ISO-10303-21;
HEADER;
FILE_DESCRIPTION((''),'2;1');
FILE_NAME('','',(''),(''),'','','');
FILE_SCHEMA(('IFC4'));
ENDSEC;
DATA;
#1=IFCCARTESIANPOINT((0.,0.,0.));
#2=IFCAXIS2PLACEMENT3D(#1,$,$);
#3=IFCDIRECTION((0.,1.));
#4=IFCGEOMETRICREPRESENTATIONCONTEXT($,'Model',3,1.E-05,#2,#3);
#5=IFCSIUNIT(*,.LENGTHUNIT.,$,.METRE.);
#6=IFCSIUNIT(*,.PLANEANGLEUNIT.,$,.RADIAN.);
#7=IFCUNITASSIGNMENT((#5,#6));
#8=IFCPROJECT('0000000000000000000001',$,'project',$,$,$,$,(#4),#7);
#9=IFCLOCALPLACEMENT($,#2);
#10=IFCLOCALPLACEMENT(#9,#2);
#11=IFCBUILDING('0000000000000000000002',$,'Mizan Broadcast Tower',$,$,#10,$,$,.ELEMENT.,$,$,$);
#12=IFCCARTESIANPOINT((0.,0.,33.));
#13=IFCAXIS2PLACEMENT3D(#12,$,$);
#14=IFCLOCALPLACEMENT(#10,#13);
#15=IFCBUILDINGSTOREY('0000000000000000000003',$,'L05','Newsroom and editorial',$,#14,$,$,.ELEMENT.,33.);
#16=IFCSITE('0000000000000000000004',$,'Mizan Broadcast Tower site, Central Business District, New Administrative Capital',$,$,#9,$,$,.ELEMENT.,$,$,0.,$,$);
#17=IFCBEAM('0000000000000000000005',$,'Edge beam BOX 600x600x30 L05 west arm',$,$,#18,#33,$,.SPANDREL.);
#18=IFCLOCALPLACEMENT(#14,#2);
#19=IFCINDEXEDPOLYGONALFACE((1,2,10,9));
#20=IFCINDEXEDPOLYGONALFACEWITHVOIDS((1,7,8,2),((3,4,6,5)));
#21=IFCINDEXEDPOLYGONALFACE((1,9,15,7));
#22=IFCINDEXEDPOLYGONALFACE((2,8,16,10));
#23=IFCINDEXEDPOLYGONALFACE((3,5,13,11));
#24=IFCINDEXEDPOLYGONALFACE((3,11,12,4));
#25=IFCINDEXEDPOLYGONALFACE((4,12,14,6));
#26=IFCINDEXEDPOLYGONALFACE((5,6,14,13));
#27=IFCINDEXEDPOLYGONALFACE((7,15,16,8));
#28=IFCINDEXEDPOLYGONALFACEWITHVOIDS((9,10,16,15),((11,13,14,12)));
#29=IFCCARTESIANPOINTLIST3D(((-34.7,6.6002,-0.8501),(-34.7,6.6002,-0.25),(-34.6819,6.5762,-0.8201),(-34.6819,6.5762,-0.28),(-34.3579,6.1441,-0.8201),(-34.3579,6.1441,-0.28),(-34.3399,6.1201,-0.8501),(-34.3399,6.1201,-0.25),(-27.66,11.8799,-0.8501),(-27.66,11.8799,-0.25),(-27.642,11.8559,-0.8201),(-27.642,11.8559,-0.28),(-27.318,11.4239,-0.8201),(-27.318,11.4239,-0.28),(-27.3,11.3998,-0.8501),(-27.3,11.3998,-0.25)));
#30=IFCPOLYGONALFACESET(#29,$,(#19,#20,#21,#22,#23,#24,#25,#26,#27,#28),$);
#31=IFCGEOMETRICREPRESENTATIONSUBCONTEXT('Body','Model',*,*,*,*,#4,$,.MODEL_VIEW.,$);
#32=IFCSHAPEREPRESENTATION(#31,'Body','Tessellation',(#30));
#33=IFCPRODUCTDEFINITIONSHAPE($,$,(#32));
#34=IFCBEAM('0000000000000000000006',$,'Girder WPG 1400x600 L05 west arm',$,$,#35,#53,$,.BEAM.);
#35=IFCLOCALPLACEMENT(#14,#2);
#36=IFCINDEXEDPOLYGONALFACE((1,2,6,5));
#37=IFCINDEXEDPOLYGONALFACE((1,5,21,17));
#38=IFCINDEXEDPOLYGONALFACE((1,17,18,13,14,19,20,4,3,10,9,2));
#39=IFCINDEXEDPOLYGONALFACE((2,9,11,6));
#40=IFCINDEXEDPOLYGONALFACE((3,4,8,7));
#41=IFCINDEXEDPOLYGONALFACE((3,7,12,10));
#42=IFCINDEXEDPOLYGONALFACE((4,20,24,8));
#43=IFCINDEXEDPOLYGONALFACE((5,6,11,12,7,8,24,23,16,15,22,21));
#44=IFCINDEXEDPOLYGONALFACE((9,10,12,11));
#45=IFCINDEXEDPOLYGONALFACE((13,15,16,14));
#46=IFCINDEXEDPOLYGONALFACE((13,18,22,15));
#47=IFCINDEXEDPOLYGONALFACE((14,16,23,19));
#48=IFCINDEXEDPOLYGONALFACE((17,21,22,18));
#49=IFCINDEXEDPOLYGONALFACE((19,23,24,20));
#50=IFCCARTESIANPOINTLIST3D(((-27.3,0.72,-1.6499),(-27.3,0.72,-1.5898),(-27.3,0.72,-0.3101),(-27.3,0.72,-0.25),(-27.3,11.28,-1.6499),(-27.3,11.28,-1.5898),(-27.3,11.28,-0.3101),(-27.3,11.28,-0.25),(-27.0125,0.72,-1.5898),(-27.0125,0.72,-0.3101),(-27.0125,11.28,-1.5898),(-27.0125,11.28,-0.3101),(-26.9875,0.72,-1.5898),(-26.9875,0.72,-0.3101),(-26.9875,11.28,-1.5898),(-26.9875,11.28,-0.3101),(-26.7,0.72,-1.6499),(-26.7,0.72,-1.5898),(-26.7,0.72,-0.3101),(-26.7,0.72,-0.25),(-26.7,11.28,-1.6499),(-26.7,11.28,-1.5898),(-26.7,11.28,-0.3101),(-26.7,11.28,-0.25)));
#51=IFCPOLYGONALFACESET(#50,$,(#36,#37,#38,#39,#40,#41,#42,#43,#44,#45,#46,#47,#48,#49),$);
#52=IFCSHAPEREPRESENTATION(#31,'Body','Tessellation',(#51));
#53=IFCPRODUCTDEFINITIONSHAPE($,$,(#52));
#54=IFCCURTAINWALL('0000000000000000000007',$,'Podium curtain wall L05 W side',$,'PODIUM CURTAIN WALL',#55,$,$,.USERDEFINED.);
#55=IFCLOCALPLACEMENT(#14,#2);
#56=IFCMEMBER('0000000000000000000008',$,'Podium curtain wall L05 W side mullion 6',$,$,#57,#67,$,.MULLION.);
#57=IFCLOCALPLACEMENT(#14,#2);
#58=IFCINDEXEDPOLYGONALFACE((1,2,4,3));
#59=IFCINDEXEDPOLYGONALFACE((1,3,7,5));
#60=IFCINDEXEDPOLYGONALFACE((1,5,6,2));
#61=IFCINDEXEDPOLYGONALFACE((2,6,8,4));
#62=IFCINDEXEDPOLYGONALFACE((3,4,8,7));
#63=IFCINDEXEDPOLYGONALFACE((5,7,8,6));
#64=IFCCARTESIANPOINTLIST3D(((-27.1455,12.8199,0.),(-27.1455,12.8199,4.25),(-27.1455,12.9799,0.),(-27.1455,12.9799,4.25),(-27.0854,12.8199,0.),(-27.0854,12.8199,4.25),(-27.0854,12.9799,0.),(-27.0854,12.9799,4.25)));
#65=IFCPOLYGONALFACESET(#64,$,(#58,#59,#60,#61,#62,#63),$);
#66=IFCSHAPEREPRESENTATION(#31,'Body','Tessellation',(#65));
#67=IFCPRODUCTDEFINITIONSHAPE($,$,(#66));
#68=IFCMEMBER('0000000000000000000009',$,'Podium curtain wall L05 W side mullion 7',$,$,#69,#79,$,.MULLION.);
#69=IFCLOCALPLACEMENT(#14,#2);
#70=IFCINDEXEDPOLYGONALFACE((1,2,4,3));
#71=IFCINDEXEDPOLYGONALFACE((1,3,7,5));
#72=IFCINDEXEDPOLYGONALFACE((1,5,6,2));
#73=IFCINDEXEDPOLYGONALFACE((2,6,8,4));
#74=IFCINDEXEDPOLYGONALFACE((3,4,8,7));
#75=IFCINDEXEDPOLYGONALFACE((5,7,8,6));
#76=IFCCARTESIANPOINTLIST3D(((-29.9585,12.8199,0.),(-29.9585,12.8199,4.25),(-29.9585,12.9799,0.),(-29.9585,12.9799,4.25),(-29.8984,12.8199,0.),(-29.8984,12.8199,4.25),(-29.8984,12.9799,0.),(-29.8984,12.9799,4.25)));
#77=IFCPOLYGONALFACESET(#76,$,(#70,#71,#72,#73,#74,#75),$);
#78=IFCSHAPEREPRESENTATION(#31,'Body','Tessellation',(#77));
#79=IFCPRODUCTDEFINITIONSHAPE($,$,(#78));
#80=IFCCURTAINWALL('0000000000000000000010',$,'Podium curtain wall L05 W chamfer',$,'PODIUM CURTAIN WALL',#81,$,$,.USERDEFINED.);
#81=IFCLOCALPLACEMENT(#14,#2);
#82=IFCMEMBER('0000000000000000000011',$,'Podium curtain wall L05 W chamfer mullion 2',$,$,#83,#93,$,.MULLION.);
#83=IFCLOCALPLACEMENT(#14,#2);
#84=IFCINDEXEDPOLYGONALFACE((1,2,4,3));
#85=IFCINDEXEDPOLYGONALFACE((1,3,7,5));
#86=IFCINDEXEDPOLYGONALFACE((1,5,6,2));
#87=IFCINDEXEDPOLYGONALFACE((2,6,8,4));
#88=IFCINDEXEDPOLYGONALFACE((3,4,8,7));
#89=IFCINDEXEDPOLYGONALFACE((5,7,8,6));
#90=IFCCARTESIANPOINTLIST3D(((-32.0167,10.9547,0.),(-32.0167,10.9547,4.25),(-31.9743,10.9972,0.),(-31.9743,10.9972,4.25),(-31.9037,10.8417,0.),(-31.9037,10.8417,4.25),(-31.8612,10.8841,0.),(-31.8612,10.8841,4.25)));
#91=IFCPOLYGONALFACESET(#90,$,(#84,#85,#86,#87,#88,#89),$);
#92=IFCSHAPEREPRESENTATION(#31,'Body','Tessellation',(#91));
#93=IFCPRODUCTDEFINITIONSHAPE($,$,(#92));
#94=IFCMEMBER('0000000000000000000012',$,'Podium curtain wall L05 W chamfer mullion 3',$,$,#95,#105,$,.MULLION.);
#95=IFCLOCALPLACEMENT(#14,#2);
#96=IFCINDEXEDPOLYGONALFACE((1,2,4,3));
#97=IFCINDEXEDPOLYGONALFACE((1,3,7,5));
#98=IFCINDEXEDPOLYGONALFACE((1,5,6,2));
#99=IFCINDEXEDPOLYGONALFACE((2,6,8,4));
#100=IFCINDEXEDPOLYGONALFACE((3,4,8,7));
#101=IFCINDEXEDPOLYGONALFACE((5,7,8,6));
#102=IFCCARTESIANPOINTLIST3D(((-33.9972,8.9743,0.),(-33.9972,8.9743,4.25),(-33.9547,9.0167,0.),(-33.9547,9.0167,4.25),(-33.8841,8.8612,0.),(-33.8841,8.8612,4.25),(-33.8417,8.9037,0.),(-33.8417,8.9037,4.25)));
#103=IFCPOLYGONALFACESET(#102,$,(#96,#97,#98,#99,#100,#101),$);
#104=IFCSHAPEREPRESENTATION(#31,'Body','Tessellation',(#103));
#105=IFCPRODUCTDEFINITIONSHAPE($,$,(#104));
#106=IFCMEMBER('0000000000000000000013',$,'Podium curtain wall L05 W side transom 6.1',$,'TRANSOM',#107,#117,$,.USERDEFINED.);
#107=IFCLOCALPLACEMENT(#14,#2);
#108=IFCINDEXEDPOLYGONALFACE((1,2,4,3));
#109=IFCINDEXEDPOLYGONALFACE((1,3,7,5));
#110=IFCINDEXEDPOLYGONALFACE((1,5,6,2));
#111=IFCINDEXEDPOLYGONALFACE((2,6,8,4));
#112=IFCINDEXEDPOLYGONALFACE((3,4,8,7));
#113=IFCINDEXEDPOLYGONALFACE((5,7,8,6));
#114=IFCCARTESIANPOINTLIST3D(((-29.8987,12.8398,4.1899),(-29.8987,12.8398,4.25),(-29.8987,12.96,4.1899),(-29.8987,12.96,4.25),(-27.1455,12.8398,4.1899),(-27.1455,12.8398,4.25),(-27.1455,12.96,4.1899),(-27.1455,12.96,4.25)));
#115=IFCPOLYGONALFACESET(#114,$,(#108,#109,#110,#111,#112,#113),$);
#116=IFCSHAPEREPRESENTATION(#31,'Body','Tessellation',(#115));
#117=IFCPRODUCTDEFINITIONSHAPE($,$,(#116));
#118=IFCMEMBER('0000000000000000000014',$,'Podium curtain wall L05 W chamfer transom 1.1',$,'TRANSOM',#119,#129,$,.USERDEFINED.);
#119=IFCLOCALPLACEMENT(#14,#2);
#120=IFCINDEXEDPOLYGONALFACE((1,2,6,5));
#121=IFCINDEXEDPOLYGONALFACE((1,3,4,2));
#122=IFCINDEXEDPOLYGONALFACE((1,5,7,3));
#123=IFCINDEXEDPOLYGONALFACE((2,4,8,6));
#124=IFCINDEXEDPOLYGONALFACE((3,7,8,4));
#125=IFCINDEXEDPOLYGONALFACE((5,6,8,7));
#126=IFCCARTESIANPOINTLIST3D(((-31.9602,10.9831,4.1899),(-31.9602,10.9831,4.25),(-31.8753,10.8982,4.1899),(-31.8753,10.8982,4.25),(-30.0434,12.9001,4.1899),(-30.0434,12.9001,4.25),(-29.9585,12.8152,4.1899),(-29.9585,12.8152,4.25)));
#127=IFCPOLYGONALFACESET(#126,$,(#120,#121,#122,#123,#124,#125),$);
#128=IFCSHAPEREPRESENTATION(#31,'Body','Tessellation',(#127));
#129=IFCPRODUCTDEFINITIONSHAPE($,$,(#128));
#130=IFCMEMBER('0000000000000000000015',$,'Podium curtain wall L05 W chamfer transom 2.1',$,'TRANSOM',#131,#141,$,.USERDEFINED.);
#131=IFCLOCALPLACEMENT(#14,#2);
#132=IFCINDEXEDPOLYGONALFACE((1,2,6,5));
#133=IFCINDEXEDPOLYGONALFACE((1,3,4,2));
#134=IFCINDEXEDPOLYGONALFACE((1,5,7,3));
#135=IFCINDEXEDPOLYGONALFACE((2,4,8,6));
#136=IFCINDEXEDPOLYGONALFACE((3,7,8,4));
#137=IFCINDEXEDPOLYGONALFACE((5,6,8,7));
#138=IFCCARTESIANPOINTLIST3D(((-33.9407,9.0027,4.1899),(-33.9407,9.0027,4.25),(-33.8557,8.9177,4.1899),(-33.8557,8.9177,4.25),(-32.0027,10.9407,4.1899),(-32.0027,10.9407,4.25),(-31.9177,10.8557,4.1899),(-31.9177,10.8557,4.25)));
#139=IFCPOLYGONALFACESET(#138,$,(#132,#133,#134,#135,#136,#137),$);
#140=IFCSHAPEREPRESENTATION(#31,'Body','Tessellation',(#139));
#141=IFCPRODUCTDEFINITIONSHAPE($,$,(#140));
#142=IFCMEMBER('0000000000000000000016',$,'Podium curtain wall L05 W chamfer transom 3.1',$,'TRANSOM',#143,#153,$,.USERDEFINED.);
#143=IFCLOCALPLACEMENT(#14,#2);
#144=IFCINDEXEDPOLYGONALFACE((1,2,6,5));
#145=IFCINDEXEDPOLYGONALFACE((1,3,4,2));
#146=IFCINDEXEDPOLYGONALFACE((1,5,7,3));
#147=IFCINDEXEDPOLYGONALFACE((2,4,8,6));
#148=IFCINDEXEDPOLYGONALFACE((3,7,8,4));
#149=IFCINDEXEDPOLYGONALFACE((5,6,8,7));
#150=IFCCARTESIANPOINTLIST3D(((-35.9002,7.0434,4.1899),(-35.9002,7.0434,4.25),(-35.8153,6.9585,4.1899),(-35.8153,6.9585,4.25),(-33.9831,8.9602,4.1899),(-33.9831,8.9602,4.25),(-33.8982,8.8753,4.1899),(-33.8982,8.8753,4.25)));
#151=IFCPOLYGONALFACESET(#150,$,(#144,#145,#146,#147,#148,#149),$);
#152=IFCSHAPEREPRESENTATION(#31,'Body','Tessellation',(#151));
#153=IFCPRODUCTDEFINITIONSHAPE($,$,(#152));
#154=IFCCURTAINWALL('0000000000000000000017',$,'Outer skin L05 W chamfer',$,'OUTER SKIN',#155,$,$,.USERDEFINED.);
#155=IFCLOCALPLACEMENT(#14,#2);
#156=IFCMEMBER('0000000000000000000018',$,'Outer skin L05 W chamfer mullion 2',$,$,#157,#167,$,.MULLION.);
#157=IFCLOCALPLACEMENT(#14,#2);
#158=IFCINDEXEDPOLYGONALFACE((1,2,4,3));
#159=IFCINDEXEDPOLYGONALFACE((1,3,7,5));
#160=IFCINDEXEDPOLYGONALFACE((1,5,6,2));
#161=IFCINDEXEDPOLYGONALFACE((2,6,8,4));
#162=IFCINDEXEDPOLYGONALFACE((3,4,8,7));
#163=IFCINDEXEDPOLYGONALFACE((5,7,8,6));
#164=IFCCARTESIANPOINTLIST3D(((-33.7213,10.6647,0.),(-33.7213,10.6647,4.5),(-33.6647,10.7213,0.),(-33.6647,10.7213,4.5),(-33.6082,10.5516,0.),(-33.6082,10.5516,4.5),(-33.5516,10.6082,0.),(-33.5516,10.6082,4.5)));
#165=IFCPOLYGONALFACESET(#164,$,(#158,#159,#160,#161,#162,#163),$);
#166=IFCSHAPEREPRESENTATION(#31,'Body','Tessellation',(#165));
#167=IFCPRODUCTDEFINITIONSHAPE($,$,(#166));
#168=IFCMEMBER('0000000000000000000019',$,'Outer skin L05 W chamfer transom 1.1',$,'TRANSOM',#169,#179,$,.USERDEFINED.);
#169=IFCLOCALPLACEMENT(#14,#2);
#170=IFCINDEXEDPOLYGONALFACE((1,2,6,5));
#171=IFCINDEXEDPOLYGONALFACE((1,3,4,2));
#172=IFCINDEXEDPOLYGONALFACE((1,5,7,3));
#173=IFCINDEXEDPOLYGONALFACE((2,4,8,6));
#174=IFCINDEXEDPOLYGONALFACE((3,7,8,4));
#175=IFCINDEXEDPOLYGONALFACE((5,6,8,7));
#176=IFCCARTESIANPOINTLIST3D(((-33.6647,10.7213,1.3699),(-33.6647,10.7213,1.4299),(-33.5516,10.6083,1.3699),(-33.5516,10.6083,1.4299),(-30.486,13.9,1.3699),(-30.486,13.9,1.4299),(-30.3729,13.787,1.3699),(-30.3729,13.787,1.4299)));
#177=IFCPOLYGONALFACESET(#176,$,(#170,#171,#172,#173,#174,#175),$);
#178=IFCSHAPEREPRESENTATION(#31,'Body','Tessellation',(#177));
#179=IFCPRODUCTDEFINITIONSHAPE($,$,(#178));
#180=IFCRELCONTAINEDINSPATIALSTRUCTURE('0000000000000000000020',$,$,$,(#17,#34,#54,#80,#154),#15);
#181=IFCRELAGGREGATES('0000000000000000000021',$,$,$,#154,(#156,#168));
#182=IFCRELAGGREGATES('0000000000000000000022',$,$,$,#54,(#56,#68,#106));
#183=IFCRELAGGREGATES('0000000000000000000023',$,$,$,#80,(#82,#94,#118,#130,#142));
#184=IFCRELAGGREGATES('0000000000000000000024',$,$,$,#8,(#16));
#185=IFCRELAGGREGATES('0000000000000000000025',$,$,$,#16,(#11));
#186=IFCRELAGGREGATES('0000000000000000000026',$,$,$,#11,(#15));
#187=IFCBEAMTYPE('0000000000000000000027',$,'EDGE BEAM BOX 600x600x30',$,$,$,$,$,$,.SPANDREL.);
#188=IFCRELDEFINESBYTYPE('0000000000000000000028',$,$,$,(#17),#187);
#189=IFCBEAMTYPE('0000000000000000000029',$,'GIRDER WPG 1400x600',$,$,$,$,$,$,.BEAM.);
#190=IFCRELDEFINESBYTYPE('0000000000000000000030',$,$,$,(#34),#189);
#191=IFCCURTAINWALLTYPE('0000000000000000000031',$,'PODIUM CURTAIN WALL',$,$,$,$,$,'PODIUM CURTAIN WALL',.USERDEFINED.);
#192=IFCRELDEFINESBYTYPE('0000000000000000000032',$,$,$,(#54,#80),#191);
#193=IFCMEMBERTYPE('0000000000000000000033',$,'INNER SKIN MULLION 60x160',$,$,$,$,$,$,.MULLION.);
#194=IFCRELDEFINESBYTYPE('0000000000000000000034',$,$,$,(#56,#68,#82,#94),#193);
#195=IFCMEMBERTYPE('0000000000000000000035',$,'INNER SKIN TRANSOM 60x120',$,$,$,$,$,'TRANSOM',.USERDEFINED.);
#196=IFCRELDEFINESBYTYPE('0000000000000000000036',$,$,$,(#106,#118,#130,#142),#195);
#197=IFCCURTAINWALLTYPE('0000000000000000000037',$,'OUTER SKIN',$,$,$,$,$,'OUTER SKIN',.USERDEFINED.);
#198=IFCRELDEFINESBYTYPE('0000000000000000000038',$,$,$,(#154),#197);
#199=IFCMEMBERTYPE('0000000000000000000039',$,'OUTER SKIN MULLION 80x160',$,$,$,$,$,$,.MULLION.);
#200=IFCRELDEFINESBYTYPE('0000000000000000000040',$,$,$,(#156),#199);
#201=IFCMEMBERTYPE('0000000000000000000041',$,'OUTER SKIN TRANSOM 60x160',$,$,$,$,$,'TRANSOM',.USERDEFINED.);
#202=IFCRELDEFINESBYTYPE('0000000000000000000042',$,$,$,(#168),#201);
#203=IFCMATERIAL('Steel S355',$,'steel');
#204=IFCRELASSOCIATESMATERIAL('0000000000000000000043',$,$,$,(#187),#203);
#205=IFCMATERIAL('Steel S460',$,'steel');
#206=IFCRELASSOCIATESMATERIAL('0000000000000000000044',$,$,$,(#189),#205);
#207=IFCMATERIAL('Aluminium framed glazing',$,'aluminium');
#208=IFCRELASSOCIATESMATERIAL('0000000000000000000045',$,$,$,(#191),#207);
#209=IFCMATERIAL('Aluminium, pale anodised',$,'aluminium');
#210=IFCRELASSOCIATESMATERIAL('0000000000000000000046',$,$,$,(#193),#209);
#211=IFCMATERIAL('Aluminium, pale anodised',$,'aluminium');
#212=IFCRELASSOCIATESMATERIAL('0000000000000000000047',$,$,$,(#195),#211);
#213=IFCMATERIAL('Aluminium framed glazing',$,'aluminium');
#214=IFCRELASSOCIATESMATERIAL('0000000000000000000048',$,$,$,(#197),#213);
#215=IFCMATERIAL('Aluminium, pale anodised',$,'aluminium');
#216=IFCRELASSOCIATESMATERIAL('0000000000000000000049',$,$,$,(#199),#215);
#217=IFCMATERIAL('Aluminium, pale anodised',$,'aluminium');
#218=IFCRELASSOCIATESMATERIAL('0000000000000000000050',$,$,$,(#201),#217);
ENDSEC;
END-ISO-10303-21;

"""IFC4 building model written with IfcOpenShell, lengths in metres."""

from ifc_helpers import new_model, si_unit, direction, frame, origin, origin_2d, place, context, subcontext, project, spatial, rectangle, hollow_rectangle, i_section, extrude, material, material_profile, profile_set, type_object, element, aggregate, save


model = new_model("IFC4")

# Units and contexts
model_context = context("Model", 3, precision=1e-05, world=origin(), true_north=direction((0.0, 1.0)))
body_context = subcontext(model_context, "Body", "Model", "MODEL_VIEW")
ifc_project = project(units=[si_unit("LENGTHUNIT", "METRE"), si_unit("PLANEANGLEUNIT", "RADIAN")], contexts=[model_context])

# Site, building, storey
site_placement = place(None, origin())
site = spatial("IfcSite", under=ifc_project, at=site_placement, Name="Mizan Broadcast Tower site, Central Business District, New Administrative Capital", CompositionType="ELEMENT", RefElevation=0.0)
building_placement = place(site_placement, origin())
building = spatial("IfcBuilding", under=site, at=building_placement, Name="Mizan Broadcast Tower", CompositionType="ELEMENT")
storey_placement = place(building_placement, frame((0.0, 0.0, 33.0)))
storey = spatial("IfcBuildingStorey", under=building, at=storey_placement, Name="L05", Description="Newsroom and editorial", CompositionType="ELEMENT", Elevation=33.0)

# Beams
ifc_material_1 = material(Name="Steel S355", Category="steel")
ifc_material_profile_1 = material_profile(ifc_material_1, hollow_rectangle(XDim=0.6001, YDim=0.6001, WallThickness=0.03, at=origin_2d()), Name="BOX 600x600x30")
ifc_profile_set_1 = profile_set([ifc_material_profile_1], Name="Steel S355")
beam_type_1 = type_object("IfcBeamType", Name="EDGE BEAM BOX 600x600x30", PredefinedType="SPANDREL", material=ifc_profile_set_1)
beam_1_placement = place(storey_placement, frame((-27.48, 11.6399, -0.55), z_axis=(-0.800013, -0.599982, 0.0), x_axis=(0.599982, -0.800013, 0.0)))
element("IfcBeam", 1, at=beam_1_placement, inside=storey, type_object=beam_type_1, Name="Edge beam BOX 600x600x30 L05 west arm", PredefinedType="SPANDREL", context=body_context, shape_type="SweptSolid", body=[
    extrude(hollow_rectangle(XDim=0.6001, YDim=0.6001, WallThickness=0.03, at=origin_2d()), origin(), (0.0, 0.0, 1.0), 8.7998),
])
ifc_material_2 = material(Name="Steel S460", Category="steel")
ifc_material_profile_2 = material_profile(ifc_material_2, i_section(OverallWidth=0.6001, OverallDepth=1.3999, WebThickness=0.0249, FlangeThickness=0.0601, at=origin_2d()), Name="WPG 1400x600")
ifc_profile_set_2 = profile_set([ifc_material_profile_2], Name="Steel S460")
beam_type_2 = type_object("IfcBeamType", Name="GIRDER WPG 1400x600", PredefinedType="BEAM", material=ifc_profile_set_2)
beam_2_placement = place(storey_placement, frame((-27.0, 11.28, -0.95), z_axis=(0.0, -1.0, 0.0), x_axis=(1.0, 0.0, 0.0)))
element("IfcBeam", 2, at=beam_2_placement, inside=storey, type_object=beam_type_2, Name="Girder WPG 1400x600 L05 west arm", PredefinedType="BEAM", context=body_context, shape_type="SweptSolid", body=[
    extrude(i_section(OverallWidth=0.6001, OverallDepth=1.3999, WebThickness=0.0249, FlangeThickness=0.0601, at=origin_2d()), origin(), (0.0, 0.0, 1.0), 10.5601),
])

# Curtain walls, members
ifc_material_3 = material(Name="Aluminium framed glazing", Category="aluminium")
curtain_wall_type_1 = type_object("IfcCurtainWallType", Name="PODIUM CURTAIN WALL", ElementType="PODIUM CURTAIN WALL", PredefinedType="USERDEFINED", material=ifc_material_3)
curtain_wall_1_placement = place(storey_placement, origin())
curtain_wall_1 = element("IfcCurtainWall", 3, at=curtain_wall_1_placement, inside=storey, type_object=curtain_wall_type_1, Name="Podium curtain wall L05 W side", ObjectType="PODIUM CURTAIN WALL", PredefinedType="USERDEFINED")
ifc_material_4 = material(Name="Aluminium, pale anodised", Category="aluminium")
ifc_material_profile_3 = material_profile(ifc_material_4, rectangle(XDim=0.1599, YDim=0.0601, at=origin_2d()), Name="MULLION 160x60")
ifc_profile_set_3 = profile_set([ifc_material_profile_3], Name="Aluminium, pale anodised")
member_type_1 = type_object("IfcMemberType", Name="INNER SKIN MULLION 60x160", PredefinedType="MULLION", material=ifc_profile_set_3)
member_1_placement = place(storey_placement, frame((-27.1155, 12.8999, 0.0), z_axis=(0.0, 0.0, 1.0), x_axis=(0.0, -1.0, 0.0)))
member_1 = element("IfcMember", 4, at=member_1_placement, type_object=member_type_1, Name="Podium curtain wall L05 W side mullion 6", PredefinedType="MULLION", context=body_context, shape_type="SweptSolid", body=[
    extrude(rectangle(XDim=0.1599, YDim=0.0601, at=origin_2d()), origin(), (0.0, 0.0, 1.0), 4.25),
])
member_2_placement = place(storey_placement, frame((-29.9285, 12.8999, 0.0), z_axis=(0.0, 0.0, 1.0), x_axis=(0.0, -1.0, 0.0)))
member_2 = element("IfcMember", 5, at=member_2_placement, type_object=member_type_1, Name="Podium curtain wall L05 W side mullion 7", PredefinedType="MULLION", context=body_context, shape_type="SweptSolid", body=[
    extrude(rectangle(XDim=0.1599, YDim=0.0601, at=origin_2d()), origin(), (0.0, 0.0, 1.0), 4.25),
])
curtain_wall_2_placement = place(storey_placement, origin())
curtain_wall_2 = element("IfcCurtainWall", 6, at=curtain_wall_2_placement, inside=storey, type_object=curtain_wall_type_1, Name="Podium curtain wall L05 W chamfer", ObjectType="PODIUM CURTAIN WALL", PredefinedType="USERDEFINED")
member_3_placement = place(storey_placement, frame((-31.939, 10.9194, 0.0), z_axis=(0.0, 0.0, 1.0), x_axis=(0.707107, -0.707107, 0.0)))
member_3 = element("IfcMember", 7, at=member_3_placement, type_object=member_type_1, Name="Podium curtain wall L05 W chamfer mullion 2", PredefinedType="MULLION", context=body_context, shape_type="SweptSolid", body=[
    extrude(rectangle(XDim=0.1599, YDim=0.0601, at=origin_2d()), origin(), (0.0, 0.0, 1.0), 4.25),
])
member_4_placement = place(storey_placement, frame((-33.9194, 8.939, 0.0), z_axis=(0.0, 0.0, 1.0), x_axis=(0.707107, -0.707107, 0.0)))
member_4 = element("IfcMember", 8, at=member_4_placement, type_object=member_type_1, Name="Podium curtain wall L05 W chamfer mullion 3", PredefinedType="MULLION", context=body_context, shape_type="SweptSolid", body=[
    extrude(rectangle(XDim=0.1599, YDim=0.0601, at=origin_2d()), origin(), (0.0, 0.0, 1.0), 4.25),
])

# Members
ifc_material_5 = material(Name="Aluminium, pale anodised", Category="aluminium")
ifc_material_profile_4 = material_profile(ifc_material_5, rectangle(XDim=0.1201, YDim=0.0601, at=origin_2d()), Name="TRANSOM 120x60")
ifc_profile_set_4 = profile_set([ifc_material_profile_4], Name="Aluminium, pale anodised")
member_type_2 = type_object("IfcMemberType", Name="INNER SKIN TRANSOM 60x120", ElementType="TRANSOM", PredefinedType="USERDEFINED", material=ifc_profile_set_4)
member_5_placement = place(storey_placement, frame((-27.1455, 12.8999, 4.22), z_axis=(-1.0, 0.0, 0.0), x_axis=(0.0, -1.0, 0.0)))
member_5 = element("IfcMember", 9, at=member_5_placement, type_object=member_type_2, Name="Podium curtain wall L05 W side transom 6.1", ObjectType="TRANSOM", PredefinedType="USERDEFINED", context=body_context, shape_type="SweptSolid", body=[
    extrude(rectangle(XDim=0.1201, YDim=0.0601, at=origin_2d()), origin(), (0.0, 0.0, 1.0), 2.7532),
])
member_6_placement = place(storey_placement, frame((-30.001, 12.8577, 4.22), z_axis=(-0.707062, -0.707152, 0.0), x_axis=(0.707152, -0.707062, 0.0)))
member_6 = element("IfcMember", 10, at=member_6_placement, type_object=member_type_2, Name="Podium curtain wall L05 W chamfer transom 1.1", ObjectType="TRANSOM", PredefinedType="USERDEFINED", context=body_context, shape_type="SweptSolid", body=[
    extrude(rectangle(XDim=0.1201, YDim=0.0601, at=origin_2d()), origin(), (0.0, 0.0, 1.0), 2.7109),
])
member_7_placement = place(storey_placement, frame((-31.9602, 10.8982, 4.22), z_axis=(-0.707107, -0.707107, 0.0), x_axis=(0.707107, -0.707107, 0.0)))
member_7 = element("IfcMember", 11, at=member_7_placement, type_object=member_type_2, Name="Podium curtain wall L05 W chamfer transom 2.1", ObjectType="TRANSOM", PredefinedType="USERDEFINED", context=body_context, shape_type="SweptSolid", body=[
    extrude(rectangle(XDim=0.1201, YDim=0.0601, at=origin_2d()), origin(), (0.0, 0.0, 1.0), 2.7407),
])
member_8_placement = place(storey_placement, frame((-33.9407, 8.9177, 4.22), z_axis=(-0.707152, -0.707062, 0.0), x_axis=(0.707062, -0.707152, 0.0)))
member_8 = element("IfcMember", 12, at=member_8_placement, type_object=member_type_2, Name="Podium curtain wall L05 W chamfer transom 3.1", ObjectType="TRANSOM", PredefinedType="USERDEFINED", context=body_context, shape_type="SweptSolid", body=[
    extrude(rectangle(XDim=0.1201, YDim=0.0601, at=origin_2d()), origin(), (0.0, 0.0, 1.0), 2.7109),
])

# Curtain wall, members
ifc_material_6 = material(Name="Aluminium framed glazing", Category="aluminium")
curtain_wall_type_2 = type_object("IfcCurtainWallType", Name="OUTER SKIN", ElementType="OUTER SKIN", PredefinedType="USERDEFINED", material=ifc_material_6)
curtain_wall_3_placement = place(storey_placement, origin())
curtain_wall_3 = element("IfcCurtainWall", 13, at=curtain_wall_3_placement, inside=storey, type_object=curtain_wall_type_2, Name="Outer skin L05 W chamfer", ObjectType="OUTER SKIN", PredefinedType="USERDEFINED")
ifc_material_7 = material(Name="Aluminium, pale anodised", Category="aluminium")
ifc_material_profile_5 = material_profile(ifc_material_7, rectangle(XDim=0.1599, YDim=0.0801, at=origin_2d()), Name="MULLION 160x80")
ifc_profile_set_5 = profile_set([ifc_material_profile_5], Name="Aluminium, pale anodised")
member_type_3 = type_object("IfcMemberType", Name="OUTER SKIN MULLION 80x160", PredefinedType="MULLION", material=ifc_profile_set_5)
member_9_placement = place(storey_placement, frame((-33.6365, 10.6365, 0.0), z_axis=(0.0, 0.0, 1.0), x_axis=(0.707107, -0.707107, 0.0)))
member_9 = element("IfcMember", 14, at=member_9_placement, type_object=member_type_3, Name="Outer skin L05 W chamfer mullion 2", PredefinedType="MULLION", context=body_context, shape_type="SweptSolid", body=[
    extrude(rectangle(XDim=0.1599, YDim=0.0801, at=origin_2d()), origin(), (0.0, 0.0, 1.0), 4.5),
])
ifc_material_8 = material(Name="Aluminium, pale anodised", Category="aluminium")
ifc_material_profile_6 = material_profile(ifc_material_8, rectangle(XDim=0.1599, YDim=0.0601, at=origin_2d()), Name="TRANSOM 160x60")
ifc_profile_set_6 = profile_set([ifc_material_profile_6], Name="Aluminium, pale anodised")
member_type_4 = type_object("IfcMemberType", Name="OUTER SKIN TRANSOM 60x160", ElementType="TRANSOM", PredefinedType="USERDEFINED", material=ifc_profile_set_6)
member_10_placement = place(storey_placement, frame((-30.4294, 13.8435, 1.3999), z_axis=(-0.707107, -0.707107, 0.0), x_axis=(0.707107, -0.707107, 0.0)))
member_10 = element("IfcMember", 15, at=member_10_placement, type_object=member_type_4, Name="Outer skin L05 W chamfer transom 1.1", ObjectType="TRANSOM", PredefinedType="USERDEFINED", context=body_context, shape_type="SweptSolid", body=[
    extrude(rectangle(XDim=0.1599, YDim=0.0601, at=origin_2d()), origin(), (0.0, 0.0, 1.0), 4.4954),
])

aggregate(curtain_wall_3, [member_9, member_10])
aggregate(curtain_wall_1, [member_1, member_2, member_5])
aggregate(curtain_wall_2, [member_3, member_4, member_6, member_7, member_8])

save(model, "model.ifc")
